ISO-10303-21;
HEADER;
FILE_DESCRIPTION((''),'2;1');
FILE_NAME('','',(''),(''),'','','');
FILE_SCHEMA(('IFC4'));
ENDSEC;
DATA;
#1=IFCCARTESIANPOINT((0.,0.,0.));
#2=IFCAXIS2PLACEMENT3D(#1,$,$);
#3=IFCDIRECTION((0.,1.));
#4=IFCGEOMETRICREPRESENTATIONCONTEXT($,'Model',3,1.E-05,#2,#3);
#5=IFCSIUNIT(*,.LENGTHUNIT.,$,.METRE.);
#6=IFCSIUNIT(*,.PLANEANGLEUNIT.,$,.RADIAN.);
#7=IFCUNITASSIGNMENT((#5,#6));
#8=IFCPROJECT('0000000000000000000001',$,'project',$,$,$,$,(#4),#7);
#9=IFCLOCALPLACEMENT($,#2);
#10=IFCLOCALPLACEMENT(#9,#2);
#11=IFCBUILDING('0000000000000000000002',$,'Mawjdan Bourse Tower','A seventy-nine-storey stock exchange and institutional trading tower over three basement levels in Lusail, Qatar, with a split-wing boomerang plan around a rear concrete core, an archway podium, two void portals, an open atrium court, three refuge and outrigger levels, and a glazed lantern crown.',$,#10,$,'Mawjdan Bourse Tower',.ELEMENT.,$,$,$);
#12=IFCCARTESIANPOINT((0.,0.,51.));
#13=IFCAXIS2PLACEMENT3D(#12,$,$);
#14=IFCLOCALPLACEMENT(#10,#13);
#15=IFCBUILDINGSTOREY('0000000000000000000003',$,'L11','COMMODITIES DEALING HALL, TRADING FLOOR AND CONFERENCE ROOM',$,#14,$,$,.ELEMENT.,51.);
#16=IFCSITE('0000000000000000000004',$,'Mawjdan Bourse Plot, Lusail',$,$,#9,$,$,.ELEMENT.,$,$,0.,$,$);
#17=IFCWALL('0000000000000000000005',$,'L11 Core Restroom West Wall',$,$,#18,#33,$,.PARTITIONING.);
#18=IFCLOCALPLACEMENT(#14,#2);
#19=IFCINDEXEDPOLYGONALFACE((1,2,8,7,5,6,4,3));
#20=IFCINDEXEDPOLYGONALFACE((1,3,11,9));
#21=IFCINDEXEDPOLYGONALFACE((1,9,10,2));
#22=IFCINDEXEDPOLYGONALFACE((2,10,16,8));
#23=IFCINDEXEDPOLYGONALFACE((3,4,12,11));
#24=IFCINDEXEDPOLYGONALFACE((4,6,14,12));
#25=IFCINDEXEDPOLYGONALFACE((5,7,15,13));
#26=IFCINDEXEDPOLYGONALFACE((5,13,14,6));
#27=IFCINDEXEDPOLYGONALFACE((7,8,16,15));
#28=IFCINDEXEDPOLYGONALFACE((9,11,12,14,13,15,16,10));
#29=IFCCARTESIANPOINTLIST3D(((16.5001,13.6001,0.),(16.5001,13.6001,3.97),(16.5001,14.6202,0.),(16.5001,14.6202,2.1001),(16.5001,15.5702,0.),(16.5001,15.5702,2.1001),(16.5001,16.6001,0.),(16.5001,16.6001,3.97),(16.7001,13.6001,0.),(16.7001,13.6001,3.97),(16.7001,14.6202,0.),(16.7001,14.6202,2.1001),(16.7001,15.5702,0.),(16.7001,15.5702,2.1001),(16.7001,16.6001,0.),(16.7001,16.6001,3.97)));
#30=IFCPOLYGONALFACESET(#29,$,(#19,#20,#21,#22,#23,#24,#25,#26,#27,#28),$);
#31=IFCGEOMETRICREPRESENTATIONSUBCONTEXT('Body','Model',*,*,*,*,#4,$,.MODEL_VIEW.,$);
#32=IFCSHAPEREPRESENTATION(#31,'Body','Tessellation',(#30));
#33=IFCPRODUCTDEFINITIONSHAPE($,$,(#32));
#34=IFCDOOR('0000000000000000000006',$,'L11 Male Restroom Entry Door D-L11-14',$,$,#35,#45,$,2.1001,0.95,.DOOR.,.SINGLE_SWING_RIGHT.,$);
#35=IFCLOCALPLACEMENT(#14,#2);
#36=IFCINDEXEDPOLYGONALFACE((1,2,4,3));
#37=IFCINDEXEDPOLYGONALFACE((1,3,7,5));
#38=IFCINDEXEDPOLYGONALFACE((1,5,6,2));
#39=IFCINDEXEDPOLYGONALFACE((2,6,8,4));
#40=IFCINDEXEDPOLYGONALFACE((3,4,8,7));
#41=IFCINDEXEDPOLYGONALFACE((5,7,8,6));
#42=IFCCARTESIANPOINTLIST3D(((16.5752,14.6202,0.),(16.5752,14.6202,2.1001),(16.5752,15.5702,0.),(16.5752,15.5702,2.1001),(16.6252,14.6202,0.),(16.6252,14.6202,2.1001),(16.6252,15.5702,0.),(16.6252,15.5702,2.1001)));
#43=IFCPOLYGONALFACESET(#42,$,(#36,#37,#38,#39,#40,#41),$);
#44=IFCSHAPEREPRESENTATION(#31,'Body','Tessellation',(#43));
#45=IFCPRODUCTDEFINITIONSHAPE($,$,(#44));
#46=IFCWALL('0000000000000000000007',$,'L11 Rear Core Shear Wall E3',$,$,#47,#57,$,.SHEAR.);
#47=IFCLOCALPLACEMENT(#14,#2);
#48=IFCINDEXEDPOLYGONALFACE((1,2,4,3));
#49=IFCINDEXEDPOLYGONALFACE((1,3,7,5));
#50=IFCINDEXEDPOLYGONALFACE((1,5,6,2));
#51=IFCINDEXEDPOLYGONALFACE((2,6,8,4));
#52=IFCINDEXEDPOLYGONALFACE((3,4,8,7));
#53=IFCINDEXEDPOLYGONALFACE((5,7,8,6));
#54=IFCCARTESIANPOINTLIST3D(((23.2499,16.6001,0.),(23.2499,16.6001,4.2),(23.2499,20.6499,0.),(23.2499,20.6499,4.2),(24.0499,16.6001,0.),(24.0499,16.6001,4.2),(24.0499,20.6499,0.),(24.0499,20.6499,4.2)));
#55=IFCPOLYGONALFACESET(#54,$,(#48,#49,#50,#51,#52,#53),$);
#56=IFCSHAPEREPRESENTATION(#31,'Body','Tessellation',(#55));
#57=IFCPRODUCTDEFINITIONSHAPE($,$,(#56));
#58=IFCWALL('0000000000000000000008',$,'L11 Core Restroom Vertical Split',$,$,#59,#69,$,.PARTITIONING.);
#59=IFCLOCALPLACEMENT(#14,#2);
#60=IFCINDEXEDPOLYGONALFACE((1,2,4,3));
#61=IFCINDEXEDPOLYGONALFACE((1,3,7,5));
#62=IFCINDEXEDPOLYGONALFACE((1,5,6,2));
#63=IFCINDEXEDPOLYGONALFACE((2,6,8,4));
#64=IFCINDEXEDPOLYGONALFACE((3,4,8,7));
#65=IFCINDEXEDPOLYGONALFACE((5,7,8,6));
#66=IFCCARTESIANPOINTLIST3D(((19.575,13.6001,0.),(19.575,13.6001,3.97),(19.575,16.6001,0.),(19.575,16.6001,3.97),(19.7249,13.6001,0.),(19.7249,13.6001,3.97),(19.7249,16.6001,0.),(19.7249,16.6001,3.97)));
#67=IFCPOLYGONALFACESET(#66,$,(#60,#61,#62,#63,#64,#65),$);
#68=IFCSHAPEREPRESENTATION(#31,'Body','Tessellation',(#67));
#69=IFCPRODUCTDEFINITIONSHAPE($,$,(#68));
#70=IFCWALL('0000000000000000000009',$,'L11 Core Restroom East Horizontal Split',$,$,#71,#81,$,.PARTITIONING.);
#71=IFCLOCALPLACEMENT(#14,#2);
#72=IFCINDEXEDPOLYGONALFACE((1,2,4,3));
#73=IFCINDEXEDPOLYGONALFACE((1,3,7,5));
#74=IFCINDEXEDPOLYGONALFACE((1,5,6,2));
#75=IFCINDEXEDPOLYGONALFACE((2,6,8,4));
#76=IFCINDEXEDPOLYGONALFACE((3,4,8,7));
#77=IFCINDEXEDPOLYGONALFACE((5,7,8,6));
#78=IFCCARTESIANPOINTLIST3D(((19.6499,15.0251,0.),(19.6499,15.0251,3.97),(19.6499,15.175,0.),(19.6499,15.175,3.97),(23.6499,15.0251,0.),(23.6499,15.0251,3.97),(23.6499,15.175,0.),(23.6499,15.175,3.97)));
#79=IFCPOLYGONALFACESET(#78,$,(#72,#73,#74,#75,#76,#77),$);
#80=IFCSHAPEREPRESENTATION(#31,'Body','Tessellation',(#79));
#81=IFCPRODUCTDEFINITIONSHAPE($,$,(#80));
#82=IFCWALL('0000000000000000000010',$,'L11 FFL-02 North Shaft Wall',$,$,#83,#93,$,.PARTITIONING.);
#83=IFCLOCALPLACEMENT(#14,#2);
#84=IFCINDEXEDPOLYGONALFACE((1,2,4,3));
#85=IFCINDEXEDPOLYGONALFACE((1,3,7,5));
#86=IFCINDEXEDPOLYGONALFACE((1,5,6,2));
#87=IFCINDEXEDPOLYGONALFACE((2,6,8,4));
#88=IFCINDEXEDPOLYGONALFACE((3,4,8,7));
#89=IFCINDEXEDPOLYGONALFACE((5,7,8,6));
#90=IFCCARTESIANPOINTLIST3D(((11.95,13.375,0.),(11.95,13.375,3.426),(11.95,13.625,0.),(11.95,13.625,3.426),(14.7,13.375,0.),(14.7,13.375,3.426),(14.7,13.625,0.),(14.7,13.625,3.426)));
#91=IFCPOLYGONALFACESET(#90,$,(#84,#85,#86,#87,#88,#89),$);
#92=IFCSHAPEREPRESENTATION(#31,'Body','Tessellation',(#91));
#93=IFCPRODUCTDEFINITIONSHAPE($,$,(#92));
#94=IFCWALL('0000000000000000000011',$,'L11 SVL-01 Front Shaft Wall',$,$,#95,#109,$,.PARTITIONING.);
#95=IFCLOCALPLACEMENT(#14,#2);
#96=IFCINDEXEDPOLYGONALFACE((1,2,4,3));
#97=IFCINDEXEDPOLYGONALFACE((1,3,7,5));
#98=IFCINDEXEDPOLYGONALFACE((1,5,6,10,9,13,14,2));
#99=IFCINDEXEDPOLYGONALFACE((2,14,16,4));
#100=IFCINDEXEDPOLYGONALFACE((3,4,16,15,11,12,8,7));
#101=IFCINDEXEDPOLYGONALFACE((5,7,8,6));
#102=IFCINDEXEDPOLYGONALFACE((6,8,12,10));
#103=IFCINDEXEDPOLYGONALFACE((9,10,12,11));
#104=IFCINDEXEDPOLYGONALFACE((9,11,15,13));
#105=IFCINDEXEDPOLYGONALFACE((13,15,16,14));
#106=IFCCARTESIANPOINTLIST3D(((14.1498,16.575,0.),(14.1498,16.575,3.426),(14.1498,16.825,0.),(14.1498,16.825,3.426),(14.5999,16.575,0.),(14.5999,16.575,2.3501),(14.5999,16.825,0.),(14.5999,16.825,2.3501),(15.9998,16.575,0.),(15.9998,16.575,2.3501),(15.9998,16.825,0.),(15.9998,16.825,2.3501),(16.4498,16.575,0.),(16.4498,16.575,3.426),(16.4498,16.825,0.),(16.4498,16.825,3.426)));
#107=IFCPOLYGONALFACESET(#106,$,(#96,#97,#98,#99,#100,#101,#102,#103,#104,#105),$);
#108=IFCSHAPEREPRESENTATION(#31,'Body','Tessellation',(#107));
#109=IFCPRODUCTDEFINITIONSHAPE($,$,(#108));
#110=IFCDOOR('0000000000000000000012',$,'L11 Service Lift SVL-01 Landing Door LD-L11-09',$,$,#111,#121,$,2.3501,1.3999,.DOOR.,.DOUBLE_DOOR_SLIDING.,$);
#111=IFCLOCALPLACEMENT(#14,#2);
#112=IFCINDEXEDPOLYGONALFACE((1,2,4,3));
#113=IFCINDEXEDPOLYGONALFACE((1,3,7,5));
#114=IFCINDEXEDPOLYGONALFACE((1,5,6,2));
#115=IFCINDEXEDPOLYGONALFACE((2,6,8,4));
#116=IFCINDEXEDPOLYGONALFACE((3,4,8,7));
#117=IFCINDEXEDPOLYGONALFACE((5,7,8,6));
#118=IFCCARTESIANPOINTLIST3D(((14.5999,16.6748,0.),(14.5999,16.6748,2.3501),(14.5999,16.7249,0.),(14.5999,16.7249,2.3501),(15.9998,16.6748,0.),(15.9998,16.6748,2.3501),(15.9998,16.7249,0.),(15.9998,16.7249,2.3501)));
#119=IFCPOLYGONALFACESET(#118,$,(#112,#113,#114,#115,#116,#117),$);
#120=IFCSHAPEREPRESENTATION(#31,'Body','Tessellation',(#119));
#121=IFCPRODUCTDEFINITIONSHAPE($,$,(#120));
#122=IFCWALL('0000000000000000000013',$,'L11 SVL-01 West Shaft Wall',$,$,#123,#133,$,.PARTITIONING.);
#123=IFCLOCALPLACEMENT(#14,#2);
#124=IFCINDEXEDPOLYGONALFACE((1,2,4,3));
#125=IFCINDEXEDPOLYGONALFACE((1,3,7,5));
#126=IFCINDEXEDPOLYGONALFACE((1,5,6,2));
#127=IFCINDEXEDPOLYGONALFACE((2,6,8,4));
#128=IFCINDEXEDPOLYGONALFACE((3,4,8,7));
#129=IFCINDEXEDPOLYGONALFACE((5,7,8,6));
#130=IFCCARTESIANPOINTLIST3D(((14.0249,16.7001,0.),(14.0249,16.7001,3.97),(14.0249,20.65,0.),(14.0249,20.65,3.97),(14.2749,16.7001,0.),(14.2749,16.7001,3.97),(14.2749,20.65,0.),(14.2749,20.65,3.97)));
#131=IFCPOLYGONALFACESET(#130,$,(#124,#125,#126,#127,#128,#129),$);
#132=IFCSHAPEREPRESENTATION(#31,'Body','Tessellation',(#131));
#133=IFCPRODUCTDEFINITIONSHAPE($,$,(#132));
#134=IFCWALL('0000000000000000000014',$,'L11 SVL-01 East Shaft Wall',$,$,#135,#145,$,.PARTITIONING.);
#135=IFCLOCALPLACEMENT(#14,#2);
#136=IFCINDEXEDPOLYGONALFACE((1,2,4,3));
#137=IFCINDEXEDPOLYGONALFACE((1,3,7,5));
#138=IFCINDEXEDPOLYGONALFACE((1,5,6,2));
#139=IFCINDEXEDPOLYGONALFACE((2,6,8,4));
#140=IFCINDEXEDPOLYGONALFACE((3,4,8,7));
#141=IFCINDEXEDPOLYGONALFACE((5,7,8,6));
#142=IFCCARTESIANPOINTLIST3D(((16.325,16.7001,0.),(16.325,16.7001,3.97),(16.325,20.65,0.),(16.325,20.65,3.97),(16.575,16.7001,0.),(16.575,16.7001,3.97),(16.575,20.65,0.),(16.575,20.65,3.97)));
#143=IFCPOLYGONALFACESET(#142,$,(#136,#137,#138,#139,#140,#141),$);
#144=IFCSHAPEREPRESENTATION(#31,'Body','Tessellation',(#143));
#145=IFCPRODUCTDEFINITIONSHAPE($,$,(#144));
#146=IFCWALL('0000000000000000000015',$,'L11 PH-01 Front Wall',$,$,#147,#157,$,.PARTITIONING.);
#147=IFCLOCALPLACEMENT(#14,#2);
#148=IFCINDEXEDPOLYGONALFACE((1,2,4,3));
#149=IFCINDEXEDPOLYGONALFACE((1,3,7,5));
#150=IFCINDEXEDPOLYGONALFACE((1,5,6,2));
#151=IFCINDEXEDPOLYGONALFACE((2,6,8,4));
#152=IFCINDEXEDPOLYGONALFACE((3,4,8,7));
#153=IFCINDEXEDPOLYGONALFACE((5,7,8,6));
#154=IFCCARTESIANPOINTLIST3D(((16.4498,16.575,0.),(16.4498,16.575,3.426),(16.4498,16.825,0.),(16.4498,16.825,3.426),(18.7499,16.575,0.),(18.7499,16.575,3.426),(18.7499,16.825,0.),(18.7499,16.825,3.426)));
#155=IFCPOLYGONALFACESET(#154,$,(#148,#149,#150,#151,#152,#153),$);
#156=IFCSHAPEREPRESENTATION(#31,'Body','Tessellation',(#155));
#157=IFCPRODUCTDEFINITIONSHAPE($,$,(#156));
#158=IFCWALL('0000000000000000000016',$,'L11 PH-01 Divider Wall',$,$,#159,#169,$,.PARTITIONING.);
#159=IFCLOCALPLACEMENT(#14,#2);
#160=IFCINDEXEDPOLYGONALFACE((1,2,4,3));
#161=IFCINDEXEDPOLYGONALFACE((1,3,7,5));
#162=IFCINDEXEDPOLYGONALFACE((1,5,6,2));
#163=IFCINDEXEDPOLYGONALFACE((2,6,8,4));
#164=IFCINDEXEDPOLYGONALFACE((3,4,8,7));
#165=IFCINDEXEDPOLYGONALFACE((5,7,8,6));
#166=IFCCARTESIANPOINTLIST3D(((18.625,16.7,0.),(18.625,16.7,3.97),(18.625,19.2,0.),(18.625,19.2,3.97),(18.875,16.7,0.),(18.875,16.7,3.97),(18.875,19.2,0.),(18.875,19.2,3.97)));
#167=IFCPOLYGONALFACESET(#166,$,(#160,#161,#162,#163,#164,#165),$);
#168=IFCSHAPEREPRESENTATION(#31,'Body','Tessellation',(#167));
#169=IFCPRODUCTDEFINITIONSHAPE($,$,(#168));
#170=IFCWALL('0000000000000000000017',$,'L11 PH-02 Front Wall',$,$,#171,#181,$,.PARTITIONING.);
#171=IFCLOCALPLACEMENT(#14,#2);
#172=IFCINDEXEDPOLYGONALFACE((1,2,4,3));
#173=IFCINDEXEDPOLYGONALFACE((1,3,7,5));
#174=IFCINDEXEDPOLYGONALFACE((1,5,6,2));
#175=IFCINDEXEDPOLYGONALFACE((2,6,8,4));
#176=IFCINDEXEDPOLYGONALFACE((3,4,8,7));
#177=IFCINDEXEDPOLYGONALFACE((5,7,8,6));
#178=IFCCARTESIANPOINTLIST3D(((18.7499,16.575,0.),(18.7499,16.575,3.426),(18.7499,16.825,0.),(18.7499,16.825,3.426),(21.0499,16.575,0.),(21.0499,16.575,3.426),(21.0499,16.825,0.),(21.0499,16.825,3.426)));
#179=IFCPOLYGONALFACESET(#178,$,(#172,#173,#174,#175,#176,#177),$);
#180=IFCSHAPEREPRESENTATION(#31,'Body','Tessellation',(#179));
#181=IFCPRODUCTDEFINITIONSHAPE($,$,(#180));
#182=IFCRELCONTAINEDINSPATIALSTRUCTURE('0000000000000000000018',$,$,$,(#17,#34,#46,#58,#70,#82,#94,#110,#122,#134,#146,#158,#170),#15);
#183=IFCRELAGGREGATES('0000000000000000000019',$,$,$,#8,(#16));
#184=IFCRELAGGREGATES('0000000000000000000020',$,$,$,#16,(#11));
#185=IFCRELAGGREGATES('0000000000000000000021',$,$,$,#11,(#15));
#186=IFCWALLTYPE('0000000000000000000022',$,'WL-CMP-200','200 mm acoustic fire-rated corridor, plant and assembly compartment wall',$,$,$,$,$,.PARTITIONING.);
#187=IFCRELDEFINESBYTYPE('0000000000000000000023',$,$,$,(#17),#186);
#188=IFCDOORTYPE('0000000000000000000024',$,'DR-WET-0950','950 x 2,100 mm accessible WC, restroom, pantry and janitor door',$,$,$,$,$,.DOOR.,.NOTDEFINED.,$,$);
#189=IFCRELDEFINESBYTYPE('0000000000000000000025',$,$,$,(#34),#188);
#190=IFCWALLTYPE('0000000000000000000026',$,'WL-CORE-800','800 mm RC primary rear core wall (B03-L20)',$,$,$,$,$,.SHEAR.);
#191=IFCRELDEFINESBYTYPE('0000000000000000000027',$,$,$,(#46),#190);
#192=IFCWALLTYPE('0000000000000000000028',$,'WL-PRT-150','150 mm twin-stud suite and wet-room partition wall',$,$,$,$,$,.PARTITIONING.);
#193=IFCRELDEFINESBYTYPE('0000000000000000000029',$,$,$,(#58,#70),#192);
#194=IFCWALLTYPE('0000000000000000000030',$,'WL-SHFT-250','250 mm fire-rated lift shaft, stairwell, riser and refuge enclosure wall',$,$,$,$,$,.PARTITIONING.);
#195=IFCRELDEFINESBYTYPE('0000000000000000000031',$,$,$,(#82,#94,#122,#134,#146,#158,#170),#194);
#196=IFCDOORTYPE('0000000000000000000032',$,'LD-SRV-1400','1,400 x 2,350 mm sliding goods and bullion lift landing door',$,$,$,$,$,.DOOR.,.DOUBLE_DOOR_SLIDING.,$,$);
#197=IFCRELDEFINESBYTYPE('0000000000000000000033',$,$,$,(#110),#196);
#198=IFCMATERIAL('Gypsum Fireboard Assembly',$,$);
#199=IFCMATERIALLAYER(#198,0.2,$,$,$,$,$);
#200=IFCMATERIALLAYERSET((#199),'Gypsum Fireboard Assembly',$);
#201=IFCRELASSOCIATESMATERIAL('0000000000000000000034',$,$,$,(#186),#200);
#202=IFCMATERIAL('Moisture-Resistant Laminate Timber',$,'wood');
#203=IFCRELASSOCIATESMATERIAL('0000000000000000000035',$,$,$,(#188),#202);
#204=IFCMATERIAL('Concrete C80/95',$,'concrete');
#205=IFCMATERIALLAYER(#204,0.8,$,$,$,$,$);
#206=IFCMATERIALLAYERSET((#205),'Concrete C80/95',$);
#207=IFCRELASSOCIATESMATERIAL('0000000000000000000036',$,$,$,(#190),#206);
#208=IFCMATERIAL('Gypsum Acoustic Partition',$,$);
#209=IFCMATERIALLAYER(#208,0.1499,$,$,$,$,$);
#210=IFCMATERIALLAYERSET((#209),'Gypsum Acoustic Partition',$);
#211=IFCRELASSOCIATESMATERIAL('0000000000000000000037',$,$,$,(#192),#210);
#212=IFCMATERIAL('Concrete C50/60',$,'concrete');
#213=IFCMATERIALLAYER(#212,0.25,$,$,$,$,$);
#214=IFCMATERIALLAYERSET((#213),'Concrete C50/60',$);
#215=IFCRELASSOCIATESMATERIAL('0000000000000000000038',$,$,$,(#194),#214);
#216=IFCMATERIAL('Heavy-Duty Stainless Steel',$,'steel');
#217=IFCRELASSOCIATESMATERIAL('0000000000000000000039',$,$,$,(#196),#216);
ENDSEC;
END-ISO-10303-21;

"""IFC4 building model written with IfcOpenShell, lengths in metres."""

from ifc_helpers import new_model, si_unit, direction, frame, frame_2d, origin, place, context, subcontext, project, spatial, rectangle, extrude, material, layer, layer_set, type_object, element, fill, save


model = new_model("IFC4")

# Units and contexts
model_context = context("Model", 3, precision=1e-05, world=origin(), true_north=direction((0.0, 1.0)))
body_context = subcontext(model_context, "Body", "Model", "MODEL_VIEW")
ifc_project = project(units=[si_unit("LENGTHUNIT", "METRE"), si_unit("PLANEANGLEUNIT", "RADIAN")], contexts=[model_context])

# Site, building, storey
site_placement = place(None, origin())
site = spatial("IfcSite", under=ifc_project, at=site_placement, Name="Mawjdan Bourse Plot, Lusail", CompositionType="ELEMENT", RefElevation=0.0)
building_placement = place(site_placement, origin())
building = spatial("IfcBuilding", under=site, at=building_placement, Name="Mawjdan Bourse Tower", Description="A seventy-nine-storey stock exchange and institutional trading tower over three basement levels in Lusail, Qatar, with a split-wing boomerang plan around a rear concrete core, an archway podium, two void portals, an open atrium court, three refuge and outrigger levels, and a glazed lantern crown.", LongName="Mawjdan Bourse Tower", CompositionType="ELEMENT")
storey_placement = place(building_placement, frame((0.0, 0.0, 51.0)))
storey = spatial("IfcBuildingStorey", under=building, at=storey_placement, Name="L11", Description="COMMODITIES DEALING HALL, TRADING FLOOR AND CONFERENCE ROOM", CompositionType="ELEMENT", Elevation=51.0)

# Wall, opening, door
ifc_material_1 = material(Name="Gypsum Fireboard Assembly")
ifc_layer_1 = layer(ifc_material_1, 0.2)
ifc_layer_set_1 = layer_set([ifc_layer_1], Name="Gypsum Fireboard Assembly")
wall_type_1 = type_object("IfcWallType", Name="WL-CMP-200", Description="200 mm acoustic fire-rated corridor, plant and assembly compartment wall", PredefinedType="PARTITIONING", material=ifc_layer_set_1)
wall_1_placement = place(storey_placement, frame((16.6001, 13.6001, 0.0), z_axis=(0.0, 0.0, 1.0), x_axis=(0.0, 1.0, 0.0)))
wall_1 = element("IfcWall", 1, at=wall_1_placement, inside=storey, type_object=wall_type_1, Name="L11 Core Restroom West Wall", PredefinedType="PARTITIONING", context=body_context, shape_type="SweptSolid", body=[
    extrude(rectangle(XDim=3.0, YDim=0.2, at=frame_2d((1.5, 0.0))), origin(), (0.0, 0.0, 1.0), 3.97),
])
opening_1_placement = place(wall_1_placement, frame((1.02, 0.0, 0.0)))
opening_1 = element("IfcOpeningElement", 2, at=opening_1_placement, cuts=wall_1, PredefinedType="OPENING", context=body_context, shape_type="SweptSolid", body=[
    extrude(rectangle(XDim=0.95, YDim=2.1001, at=frame_2d((0.4751, 1.05))), frame((0.0, 0.1099, 0.0), z_axis=(0.0, -1.0, 0.0), x_axis=(1.0, 0.0, 0.0)), (0.0, 0.0, 1.0), 0.22),
])
ifc_material_2 = material(Name="Moisture-Resistant Laminate Timber", Category="wood")
door_type_1 = type_object("IfcDoorType", Name="DR-WET-0950", Description="950 x 2,100 mm accessible WC, restroom, pantry and janitor door", OperationType="NOTDEFINED", PredefinedType="DOOR", material=ifc_material_2)
door_1_placement = place(opening_1_placement, origin())
door_1 = element("IfcDoor", 3, at=door_1_placement, inside=storey, type_object=door_type_1, Name="L11 Male Restroom Entry Door D-L11-14", OperationType="SINGLE_SWING_RIGHT", OverallHeight=2.1001, OverallWidth=0.95, PredefinedType="DOOR", context=body_context, shape_type="SweptSolid", body=[
    extrude(rectangle(XDim=0.95, YDim=2.1001, at=frame_2d((0.4751, 1.05))), frame((0.0, 0.0249, 0.0), z_axis=(0.0, -1.0, 0.0), x_axis=(1.0, 0.0, 0.0)), (0.0, 0.0, 1.0), 0.05),
])
fill(opening_1, door_1)

# Walls
ifc_material_3 = material(Name="Concrete C80/95", Category="concrete")
ifc_layer_2 = layer(ifc_material_3, 0.8)
ifc_layer_set_2 = layer_set([ifc_layer_2], Name="Concrete C80/95")
wall_type_2 = type_object("IfcWallType", Name="WL-CORE-800", Description="800 mm RC primary rear core wall (B03-L20)", PredefinedType="SHEAR", material=ifc_layer_set_2)
wall_2_placement = place(storey_placement, frame((23.6499, 16.6001, 0.0), z_axis=(0.0, 0.0, 1.0), x_axis=(0.0, 1.0, 0.0)))
element("IfcWall", 4, at=wall_2_placement, inside=storey, type_object=wall_type_2, Name="L11 Rear Core Shear Wall E3", PredefinedType="SHEAR", context=body_context, shape_type="SweptSolid", body=[
    extrude(rectangle(XDim=4.0498, YDim=0.8, at=frame_2d((2.0249, 0.0))), origin(), (0.0, 0.0, 1.0), 4.2),
])
ifc_material_4 = material(Name="Gypsum Acoustic Partition")
ifc_layer_3 = layer(ifc_material_4, 0.1499)
ifc_layer_set_3 = layer_set([ifc_layer_3], Name="Gypsum Acoustic Partition")
wall_type_3 = type_object("IfcWallType", Name="WL-PRT-150", Description="150 mm twin-stud suite and wet-room partition wall", PredefinedType="PARTITIONING", material=ifc_layer_set_3)
wall_3_placement = place(storey_placement, frame((19.6499, 13.6001, 0.0), z_axis=(0.0, 0.0, 1.0), x_axis=(0.0, 1.0, 0.0)))
element("IfcWall", 5, at=wall_3_placement, inside=storey, type_object=wall_type_3, Name="L11 Core Restroom Vertical Split", PredefinedType="PARTITIONING", context=body_context, shape_type="SweptSolid", body=[
    extrude(rectangle(XDim=3.0, YDim=0.1499, at=frame_2d((1.5, 0.0))), origin(), (0.0, 0.0, 1.0), 3.97),
])
wall_4_placement = place(storey_placement, frame((19.6499, 15.1001, 0.0), z_axis=(0.0, 0.0, 1.0), x_axis=(1.0, 0.0, 0.0)))
element("IfcWall", 6, at=wall_4_placement, inside=storey, type_object=wall_type_3, Name="L11 Core Restroom East Horizontal Split", PredefinedType="PARTITIONING", context=body_context, shape_type="SweptSolid", body=[
    extrude(rectangle(XDim=4.0, YDim=0.1499, at=frame_2d((2.0, 0.0))), origin(), (0.0, 0.0, 1.0), 3.97),
])
ifc_material_5 = material(Name="Concrete C50/60", Category="concrete")
ifc_layer_4 = layer(ifc_material_5, 0.25)
ifc_layer_set_4 = layer_set([ifc_layer_4], Name="Concrete C50/60")
wall_type_4 = type_object("IfcWallType", Name="WL-SHFT-250", Description="250 mm fire-rated lift shaft, stairwell, riser and refuge enclosure wall", PredefinedType="PARTITIONING", material=ifc_layer_set_4)
wall_5_placement = place(storey_placement, frame((11.95, 13.5, 0.0), z_axis=(0.0, 0.0, 1.0), x_axis=(1.0, 0.0, 0.0)))
element("IfcWall", 7, at=wall_5_placement, inside=storey, type_object=wall_type_4, Name="L11 FFL-02 North Shaft Wall", PredefinedType="PARTITIONING", context=body_context, shape_type="SweptSolid", body=[
    extrude(rectangle(XDim=2.75, YDim=0.25, at=frame_2d((1.375, 0.0))), origin(), (0.0, 0.0, 1.0), 3.426),
])

# Wall, opening, door
wall_6_placement = place(storey_placement, frame((14.1499, 16.7, 0.0), z_axis=(0.0, 0.0, 1.0), x_axis=(1.0, 0.0, 0.0)))
wall_6 = element("IfcWall", 8, at=wall_6_placement, inside=storey, type_object=wall_type_4, Name="L11 SVL-01 Front Shaft Wall", PredefinedType="PARTITIONING", context=body_context, shape_type="SweptSolid", body=[
    extrude(rectangle(XDim=2.3, YDim=0.25, at=frame_2d((1.1499, 0.0))), origin(), (0.0, 0.0, 1.0), 3.426),
])
opening_2_placement = place(wall_6_placement, frame((0.45, 0.0, 0.0)))
opening_2 = element("IfcOpeningElement", 9, at=opening_2_placement, cuts=wall_6, PredefinedType="OPENING", context=body_context, shape_type="SweptSolid", body=[
    extrude(rectangle(XDim=1.3999, YDim=2.3501, at=frame_2d((0.7, 1.175))), frame((0.0, 0.135, 0.0), z_axis=(0.0, -1.0, 0.0), x_axis=(1.0, 0.0, 0.0)), (0.0, 0.0, 1.0), 0.27),
])
ifc_material_6 = material(Name="Heavy-Duty Stainless Steel", Category="steel")
door_type_2 = type_object("IfcDoorType", Name="LD-SRV-1400", Description="1,400 x 2,350 mm sliding goods and bullion lift landing door", OperationType="DOUBLE_DOOR_SLIDING", PredefinedType="DOOR", material=ifc_material_6)
door_2_placement = place(opening_2_placement, origin())
door_2 = element("IfcDoor", 10, at=door_2_placement, inside=storey, type_object=door_type_2, Name="L11 Service Lift SVL-01 Landing Door LD-L11-09", OperationType="DOUBLE_DOOR_SLIDING", OverallHeight=2.3501, OverallWidth=1.3999, PredefinedType="DOOR", context=body_context, shape_type="SweptSolid", body=[
    extrude(rectangle(XDim=1.3999, YDim=2.3501, at=frame_2d((0.7, 1.175))), frame((0.0, 0.0249, 0.0), z_axis=(0.0, -1.0, 0.0), x_axis=(1.0, 0.0, 0.0)), (0.0, 0.0, 1.0), 0.05),
])
fill(opening_2, door_2)

# Walls
for number, where, z_axis, x_axis, name in (
    (11, (14.1499, 16.7, 0.0), (0.0, 0.0, 1.0), (0.0, 1.0, 0.0), "L11 SVL-01 West Shaft Wall"),
    (12, (16.45, 16.7, 0.0), (0.0, 0.0, 1.0), (0.0, 1.0, 0.0), "L11 SVL-01 East Shaft Wall"),
):
    element("IfcWall", number, at=place(storey_placement, frame(where, z_axis=z_axis, x_axis=x_axis)), inside=storey, type_object=wall_type_4, Name=name, PredefinedType="PARTITIONING", context=body_context, shape_type="SweptSolid", body=[
        extrude(rectangle(XDim=3.95, YDim=0.25, at=frame_2d((1.9751, 0.0))), origin(), (0.0, 0.0, 1.0), 3.97),
    ])
wall_7_placement = place(storey_placement, frame((16.45, 16.7, 0.0), z_axis=(0.0, 0.0, 1.0), x_axis=(1.0, 0.0, 0.0)))
element("IfcWall", 13, at=wall_7_placement, inside=storey, type_object=wall_type_4, Name="L11 PH-01 Front Wall", PredefinedType="PARTITIONING", context=body_context, shape_type="SweptSolid", body=[
    extrude(rectangle(XDim=2.3, YDim=0.25, at=frame_2d((1.1499, 0.0))), origin(), (0.0, 0.0, 1.0), 3.426),
])
wall_8_placement = place(storey_placement, frame((18.75, 16.7, 0.0), z_axis=(0.0, 0.0, 1.0), x_axis=(0.0, 1.0, 0.0)))
element("IfcWall", 14, at=wall_8_placement, inside=storey, type_object=wall_type_4, Name="L11 PH-01 Divider Wall", PredefinedType="PARTITIONING", context=body_context, shape_type="SweptSolid", body=[
    extrude(rectangle(XDim=2.5, YDim=0.25, at=frame_2d((1.25, 0.0))), origin(), (0.0, 0.0, 1.0), 3.97),
])
wall_9_placement = place(storey_placement, frame((18.75, 16.7, 0.0), z_axis=(0.0, 0.0, 1.0), x_axis=(1.0, 0.0, 0.0)))
element("IfcWall", 15, at=wall_9_placement, inside=storey, type_object=wall_type_4, Name="L11 PH-02 Front Wall", PredefinedType="PARTITIONING", context=body_context, shape_type="SweptSolid", body=[
    extrude(rectangle(XDim=2.3, YDim=0.25, at=frame_2d((1.1499, 0.0))), origin(), (0.0, 0.0, 1.0), 3.426),
])

save(model, "model.ifc")
